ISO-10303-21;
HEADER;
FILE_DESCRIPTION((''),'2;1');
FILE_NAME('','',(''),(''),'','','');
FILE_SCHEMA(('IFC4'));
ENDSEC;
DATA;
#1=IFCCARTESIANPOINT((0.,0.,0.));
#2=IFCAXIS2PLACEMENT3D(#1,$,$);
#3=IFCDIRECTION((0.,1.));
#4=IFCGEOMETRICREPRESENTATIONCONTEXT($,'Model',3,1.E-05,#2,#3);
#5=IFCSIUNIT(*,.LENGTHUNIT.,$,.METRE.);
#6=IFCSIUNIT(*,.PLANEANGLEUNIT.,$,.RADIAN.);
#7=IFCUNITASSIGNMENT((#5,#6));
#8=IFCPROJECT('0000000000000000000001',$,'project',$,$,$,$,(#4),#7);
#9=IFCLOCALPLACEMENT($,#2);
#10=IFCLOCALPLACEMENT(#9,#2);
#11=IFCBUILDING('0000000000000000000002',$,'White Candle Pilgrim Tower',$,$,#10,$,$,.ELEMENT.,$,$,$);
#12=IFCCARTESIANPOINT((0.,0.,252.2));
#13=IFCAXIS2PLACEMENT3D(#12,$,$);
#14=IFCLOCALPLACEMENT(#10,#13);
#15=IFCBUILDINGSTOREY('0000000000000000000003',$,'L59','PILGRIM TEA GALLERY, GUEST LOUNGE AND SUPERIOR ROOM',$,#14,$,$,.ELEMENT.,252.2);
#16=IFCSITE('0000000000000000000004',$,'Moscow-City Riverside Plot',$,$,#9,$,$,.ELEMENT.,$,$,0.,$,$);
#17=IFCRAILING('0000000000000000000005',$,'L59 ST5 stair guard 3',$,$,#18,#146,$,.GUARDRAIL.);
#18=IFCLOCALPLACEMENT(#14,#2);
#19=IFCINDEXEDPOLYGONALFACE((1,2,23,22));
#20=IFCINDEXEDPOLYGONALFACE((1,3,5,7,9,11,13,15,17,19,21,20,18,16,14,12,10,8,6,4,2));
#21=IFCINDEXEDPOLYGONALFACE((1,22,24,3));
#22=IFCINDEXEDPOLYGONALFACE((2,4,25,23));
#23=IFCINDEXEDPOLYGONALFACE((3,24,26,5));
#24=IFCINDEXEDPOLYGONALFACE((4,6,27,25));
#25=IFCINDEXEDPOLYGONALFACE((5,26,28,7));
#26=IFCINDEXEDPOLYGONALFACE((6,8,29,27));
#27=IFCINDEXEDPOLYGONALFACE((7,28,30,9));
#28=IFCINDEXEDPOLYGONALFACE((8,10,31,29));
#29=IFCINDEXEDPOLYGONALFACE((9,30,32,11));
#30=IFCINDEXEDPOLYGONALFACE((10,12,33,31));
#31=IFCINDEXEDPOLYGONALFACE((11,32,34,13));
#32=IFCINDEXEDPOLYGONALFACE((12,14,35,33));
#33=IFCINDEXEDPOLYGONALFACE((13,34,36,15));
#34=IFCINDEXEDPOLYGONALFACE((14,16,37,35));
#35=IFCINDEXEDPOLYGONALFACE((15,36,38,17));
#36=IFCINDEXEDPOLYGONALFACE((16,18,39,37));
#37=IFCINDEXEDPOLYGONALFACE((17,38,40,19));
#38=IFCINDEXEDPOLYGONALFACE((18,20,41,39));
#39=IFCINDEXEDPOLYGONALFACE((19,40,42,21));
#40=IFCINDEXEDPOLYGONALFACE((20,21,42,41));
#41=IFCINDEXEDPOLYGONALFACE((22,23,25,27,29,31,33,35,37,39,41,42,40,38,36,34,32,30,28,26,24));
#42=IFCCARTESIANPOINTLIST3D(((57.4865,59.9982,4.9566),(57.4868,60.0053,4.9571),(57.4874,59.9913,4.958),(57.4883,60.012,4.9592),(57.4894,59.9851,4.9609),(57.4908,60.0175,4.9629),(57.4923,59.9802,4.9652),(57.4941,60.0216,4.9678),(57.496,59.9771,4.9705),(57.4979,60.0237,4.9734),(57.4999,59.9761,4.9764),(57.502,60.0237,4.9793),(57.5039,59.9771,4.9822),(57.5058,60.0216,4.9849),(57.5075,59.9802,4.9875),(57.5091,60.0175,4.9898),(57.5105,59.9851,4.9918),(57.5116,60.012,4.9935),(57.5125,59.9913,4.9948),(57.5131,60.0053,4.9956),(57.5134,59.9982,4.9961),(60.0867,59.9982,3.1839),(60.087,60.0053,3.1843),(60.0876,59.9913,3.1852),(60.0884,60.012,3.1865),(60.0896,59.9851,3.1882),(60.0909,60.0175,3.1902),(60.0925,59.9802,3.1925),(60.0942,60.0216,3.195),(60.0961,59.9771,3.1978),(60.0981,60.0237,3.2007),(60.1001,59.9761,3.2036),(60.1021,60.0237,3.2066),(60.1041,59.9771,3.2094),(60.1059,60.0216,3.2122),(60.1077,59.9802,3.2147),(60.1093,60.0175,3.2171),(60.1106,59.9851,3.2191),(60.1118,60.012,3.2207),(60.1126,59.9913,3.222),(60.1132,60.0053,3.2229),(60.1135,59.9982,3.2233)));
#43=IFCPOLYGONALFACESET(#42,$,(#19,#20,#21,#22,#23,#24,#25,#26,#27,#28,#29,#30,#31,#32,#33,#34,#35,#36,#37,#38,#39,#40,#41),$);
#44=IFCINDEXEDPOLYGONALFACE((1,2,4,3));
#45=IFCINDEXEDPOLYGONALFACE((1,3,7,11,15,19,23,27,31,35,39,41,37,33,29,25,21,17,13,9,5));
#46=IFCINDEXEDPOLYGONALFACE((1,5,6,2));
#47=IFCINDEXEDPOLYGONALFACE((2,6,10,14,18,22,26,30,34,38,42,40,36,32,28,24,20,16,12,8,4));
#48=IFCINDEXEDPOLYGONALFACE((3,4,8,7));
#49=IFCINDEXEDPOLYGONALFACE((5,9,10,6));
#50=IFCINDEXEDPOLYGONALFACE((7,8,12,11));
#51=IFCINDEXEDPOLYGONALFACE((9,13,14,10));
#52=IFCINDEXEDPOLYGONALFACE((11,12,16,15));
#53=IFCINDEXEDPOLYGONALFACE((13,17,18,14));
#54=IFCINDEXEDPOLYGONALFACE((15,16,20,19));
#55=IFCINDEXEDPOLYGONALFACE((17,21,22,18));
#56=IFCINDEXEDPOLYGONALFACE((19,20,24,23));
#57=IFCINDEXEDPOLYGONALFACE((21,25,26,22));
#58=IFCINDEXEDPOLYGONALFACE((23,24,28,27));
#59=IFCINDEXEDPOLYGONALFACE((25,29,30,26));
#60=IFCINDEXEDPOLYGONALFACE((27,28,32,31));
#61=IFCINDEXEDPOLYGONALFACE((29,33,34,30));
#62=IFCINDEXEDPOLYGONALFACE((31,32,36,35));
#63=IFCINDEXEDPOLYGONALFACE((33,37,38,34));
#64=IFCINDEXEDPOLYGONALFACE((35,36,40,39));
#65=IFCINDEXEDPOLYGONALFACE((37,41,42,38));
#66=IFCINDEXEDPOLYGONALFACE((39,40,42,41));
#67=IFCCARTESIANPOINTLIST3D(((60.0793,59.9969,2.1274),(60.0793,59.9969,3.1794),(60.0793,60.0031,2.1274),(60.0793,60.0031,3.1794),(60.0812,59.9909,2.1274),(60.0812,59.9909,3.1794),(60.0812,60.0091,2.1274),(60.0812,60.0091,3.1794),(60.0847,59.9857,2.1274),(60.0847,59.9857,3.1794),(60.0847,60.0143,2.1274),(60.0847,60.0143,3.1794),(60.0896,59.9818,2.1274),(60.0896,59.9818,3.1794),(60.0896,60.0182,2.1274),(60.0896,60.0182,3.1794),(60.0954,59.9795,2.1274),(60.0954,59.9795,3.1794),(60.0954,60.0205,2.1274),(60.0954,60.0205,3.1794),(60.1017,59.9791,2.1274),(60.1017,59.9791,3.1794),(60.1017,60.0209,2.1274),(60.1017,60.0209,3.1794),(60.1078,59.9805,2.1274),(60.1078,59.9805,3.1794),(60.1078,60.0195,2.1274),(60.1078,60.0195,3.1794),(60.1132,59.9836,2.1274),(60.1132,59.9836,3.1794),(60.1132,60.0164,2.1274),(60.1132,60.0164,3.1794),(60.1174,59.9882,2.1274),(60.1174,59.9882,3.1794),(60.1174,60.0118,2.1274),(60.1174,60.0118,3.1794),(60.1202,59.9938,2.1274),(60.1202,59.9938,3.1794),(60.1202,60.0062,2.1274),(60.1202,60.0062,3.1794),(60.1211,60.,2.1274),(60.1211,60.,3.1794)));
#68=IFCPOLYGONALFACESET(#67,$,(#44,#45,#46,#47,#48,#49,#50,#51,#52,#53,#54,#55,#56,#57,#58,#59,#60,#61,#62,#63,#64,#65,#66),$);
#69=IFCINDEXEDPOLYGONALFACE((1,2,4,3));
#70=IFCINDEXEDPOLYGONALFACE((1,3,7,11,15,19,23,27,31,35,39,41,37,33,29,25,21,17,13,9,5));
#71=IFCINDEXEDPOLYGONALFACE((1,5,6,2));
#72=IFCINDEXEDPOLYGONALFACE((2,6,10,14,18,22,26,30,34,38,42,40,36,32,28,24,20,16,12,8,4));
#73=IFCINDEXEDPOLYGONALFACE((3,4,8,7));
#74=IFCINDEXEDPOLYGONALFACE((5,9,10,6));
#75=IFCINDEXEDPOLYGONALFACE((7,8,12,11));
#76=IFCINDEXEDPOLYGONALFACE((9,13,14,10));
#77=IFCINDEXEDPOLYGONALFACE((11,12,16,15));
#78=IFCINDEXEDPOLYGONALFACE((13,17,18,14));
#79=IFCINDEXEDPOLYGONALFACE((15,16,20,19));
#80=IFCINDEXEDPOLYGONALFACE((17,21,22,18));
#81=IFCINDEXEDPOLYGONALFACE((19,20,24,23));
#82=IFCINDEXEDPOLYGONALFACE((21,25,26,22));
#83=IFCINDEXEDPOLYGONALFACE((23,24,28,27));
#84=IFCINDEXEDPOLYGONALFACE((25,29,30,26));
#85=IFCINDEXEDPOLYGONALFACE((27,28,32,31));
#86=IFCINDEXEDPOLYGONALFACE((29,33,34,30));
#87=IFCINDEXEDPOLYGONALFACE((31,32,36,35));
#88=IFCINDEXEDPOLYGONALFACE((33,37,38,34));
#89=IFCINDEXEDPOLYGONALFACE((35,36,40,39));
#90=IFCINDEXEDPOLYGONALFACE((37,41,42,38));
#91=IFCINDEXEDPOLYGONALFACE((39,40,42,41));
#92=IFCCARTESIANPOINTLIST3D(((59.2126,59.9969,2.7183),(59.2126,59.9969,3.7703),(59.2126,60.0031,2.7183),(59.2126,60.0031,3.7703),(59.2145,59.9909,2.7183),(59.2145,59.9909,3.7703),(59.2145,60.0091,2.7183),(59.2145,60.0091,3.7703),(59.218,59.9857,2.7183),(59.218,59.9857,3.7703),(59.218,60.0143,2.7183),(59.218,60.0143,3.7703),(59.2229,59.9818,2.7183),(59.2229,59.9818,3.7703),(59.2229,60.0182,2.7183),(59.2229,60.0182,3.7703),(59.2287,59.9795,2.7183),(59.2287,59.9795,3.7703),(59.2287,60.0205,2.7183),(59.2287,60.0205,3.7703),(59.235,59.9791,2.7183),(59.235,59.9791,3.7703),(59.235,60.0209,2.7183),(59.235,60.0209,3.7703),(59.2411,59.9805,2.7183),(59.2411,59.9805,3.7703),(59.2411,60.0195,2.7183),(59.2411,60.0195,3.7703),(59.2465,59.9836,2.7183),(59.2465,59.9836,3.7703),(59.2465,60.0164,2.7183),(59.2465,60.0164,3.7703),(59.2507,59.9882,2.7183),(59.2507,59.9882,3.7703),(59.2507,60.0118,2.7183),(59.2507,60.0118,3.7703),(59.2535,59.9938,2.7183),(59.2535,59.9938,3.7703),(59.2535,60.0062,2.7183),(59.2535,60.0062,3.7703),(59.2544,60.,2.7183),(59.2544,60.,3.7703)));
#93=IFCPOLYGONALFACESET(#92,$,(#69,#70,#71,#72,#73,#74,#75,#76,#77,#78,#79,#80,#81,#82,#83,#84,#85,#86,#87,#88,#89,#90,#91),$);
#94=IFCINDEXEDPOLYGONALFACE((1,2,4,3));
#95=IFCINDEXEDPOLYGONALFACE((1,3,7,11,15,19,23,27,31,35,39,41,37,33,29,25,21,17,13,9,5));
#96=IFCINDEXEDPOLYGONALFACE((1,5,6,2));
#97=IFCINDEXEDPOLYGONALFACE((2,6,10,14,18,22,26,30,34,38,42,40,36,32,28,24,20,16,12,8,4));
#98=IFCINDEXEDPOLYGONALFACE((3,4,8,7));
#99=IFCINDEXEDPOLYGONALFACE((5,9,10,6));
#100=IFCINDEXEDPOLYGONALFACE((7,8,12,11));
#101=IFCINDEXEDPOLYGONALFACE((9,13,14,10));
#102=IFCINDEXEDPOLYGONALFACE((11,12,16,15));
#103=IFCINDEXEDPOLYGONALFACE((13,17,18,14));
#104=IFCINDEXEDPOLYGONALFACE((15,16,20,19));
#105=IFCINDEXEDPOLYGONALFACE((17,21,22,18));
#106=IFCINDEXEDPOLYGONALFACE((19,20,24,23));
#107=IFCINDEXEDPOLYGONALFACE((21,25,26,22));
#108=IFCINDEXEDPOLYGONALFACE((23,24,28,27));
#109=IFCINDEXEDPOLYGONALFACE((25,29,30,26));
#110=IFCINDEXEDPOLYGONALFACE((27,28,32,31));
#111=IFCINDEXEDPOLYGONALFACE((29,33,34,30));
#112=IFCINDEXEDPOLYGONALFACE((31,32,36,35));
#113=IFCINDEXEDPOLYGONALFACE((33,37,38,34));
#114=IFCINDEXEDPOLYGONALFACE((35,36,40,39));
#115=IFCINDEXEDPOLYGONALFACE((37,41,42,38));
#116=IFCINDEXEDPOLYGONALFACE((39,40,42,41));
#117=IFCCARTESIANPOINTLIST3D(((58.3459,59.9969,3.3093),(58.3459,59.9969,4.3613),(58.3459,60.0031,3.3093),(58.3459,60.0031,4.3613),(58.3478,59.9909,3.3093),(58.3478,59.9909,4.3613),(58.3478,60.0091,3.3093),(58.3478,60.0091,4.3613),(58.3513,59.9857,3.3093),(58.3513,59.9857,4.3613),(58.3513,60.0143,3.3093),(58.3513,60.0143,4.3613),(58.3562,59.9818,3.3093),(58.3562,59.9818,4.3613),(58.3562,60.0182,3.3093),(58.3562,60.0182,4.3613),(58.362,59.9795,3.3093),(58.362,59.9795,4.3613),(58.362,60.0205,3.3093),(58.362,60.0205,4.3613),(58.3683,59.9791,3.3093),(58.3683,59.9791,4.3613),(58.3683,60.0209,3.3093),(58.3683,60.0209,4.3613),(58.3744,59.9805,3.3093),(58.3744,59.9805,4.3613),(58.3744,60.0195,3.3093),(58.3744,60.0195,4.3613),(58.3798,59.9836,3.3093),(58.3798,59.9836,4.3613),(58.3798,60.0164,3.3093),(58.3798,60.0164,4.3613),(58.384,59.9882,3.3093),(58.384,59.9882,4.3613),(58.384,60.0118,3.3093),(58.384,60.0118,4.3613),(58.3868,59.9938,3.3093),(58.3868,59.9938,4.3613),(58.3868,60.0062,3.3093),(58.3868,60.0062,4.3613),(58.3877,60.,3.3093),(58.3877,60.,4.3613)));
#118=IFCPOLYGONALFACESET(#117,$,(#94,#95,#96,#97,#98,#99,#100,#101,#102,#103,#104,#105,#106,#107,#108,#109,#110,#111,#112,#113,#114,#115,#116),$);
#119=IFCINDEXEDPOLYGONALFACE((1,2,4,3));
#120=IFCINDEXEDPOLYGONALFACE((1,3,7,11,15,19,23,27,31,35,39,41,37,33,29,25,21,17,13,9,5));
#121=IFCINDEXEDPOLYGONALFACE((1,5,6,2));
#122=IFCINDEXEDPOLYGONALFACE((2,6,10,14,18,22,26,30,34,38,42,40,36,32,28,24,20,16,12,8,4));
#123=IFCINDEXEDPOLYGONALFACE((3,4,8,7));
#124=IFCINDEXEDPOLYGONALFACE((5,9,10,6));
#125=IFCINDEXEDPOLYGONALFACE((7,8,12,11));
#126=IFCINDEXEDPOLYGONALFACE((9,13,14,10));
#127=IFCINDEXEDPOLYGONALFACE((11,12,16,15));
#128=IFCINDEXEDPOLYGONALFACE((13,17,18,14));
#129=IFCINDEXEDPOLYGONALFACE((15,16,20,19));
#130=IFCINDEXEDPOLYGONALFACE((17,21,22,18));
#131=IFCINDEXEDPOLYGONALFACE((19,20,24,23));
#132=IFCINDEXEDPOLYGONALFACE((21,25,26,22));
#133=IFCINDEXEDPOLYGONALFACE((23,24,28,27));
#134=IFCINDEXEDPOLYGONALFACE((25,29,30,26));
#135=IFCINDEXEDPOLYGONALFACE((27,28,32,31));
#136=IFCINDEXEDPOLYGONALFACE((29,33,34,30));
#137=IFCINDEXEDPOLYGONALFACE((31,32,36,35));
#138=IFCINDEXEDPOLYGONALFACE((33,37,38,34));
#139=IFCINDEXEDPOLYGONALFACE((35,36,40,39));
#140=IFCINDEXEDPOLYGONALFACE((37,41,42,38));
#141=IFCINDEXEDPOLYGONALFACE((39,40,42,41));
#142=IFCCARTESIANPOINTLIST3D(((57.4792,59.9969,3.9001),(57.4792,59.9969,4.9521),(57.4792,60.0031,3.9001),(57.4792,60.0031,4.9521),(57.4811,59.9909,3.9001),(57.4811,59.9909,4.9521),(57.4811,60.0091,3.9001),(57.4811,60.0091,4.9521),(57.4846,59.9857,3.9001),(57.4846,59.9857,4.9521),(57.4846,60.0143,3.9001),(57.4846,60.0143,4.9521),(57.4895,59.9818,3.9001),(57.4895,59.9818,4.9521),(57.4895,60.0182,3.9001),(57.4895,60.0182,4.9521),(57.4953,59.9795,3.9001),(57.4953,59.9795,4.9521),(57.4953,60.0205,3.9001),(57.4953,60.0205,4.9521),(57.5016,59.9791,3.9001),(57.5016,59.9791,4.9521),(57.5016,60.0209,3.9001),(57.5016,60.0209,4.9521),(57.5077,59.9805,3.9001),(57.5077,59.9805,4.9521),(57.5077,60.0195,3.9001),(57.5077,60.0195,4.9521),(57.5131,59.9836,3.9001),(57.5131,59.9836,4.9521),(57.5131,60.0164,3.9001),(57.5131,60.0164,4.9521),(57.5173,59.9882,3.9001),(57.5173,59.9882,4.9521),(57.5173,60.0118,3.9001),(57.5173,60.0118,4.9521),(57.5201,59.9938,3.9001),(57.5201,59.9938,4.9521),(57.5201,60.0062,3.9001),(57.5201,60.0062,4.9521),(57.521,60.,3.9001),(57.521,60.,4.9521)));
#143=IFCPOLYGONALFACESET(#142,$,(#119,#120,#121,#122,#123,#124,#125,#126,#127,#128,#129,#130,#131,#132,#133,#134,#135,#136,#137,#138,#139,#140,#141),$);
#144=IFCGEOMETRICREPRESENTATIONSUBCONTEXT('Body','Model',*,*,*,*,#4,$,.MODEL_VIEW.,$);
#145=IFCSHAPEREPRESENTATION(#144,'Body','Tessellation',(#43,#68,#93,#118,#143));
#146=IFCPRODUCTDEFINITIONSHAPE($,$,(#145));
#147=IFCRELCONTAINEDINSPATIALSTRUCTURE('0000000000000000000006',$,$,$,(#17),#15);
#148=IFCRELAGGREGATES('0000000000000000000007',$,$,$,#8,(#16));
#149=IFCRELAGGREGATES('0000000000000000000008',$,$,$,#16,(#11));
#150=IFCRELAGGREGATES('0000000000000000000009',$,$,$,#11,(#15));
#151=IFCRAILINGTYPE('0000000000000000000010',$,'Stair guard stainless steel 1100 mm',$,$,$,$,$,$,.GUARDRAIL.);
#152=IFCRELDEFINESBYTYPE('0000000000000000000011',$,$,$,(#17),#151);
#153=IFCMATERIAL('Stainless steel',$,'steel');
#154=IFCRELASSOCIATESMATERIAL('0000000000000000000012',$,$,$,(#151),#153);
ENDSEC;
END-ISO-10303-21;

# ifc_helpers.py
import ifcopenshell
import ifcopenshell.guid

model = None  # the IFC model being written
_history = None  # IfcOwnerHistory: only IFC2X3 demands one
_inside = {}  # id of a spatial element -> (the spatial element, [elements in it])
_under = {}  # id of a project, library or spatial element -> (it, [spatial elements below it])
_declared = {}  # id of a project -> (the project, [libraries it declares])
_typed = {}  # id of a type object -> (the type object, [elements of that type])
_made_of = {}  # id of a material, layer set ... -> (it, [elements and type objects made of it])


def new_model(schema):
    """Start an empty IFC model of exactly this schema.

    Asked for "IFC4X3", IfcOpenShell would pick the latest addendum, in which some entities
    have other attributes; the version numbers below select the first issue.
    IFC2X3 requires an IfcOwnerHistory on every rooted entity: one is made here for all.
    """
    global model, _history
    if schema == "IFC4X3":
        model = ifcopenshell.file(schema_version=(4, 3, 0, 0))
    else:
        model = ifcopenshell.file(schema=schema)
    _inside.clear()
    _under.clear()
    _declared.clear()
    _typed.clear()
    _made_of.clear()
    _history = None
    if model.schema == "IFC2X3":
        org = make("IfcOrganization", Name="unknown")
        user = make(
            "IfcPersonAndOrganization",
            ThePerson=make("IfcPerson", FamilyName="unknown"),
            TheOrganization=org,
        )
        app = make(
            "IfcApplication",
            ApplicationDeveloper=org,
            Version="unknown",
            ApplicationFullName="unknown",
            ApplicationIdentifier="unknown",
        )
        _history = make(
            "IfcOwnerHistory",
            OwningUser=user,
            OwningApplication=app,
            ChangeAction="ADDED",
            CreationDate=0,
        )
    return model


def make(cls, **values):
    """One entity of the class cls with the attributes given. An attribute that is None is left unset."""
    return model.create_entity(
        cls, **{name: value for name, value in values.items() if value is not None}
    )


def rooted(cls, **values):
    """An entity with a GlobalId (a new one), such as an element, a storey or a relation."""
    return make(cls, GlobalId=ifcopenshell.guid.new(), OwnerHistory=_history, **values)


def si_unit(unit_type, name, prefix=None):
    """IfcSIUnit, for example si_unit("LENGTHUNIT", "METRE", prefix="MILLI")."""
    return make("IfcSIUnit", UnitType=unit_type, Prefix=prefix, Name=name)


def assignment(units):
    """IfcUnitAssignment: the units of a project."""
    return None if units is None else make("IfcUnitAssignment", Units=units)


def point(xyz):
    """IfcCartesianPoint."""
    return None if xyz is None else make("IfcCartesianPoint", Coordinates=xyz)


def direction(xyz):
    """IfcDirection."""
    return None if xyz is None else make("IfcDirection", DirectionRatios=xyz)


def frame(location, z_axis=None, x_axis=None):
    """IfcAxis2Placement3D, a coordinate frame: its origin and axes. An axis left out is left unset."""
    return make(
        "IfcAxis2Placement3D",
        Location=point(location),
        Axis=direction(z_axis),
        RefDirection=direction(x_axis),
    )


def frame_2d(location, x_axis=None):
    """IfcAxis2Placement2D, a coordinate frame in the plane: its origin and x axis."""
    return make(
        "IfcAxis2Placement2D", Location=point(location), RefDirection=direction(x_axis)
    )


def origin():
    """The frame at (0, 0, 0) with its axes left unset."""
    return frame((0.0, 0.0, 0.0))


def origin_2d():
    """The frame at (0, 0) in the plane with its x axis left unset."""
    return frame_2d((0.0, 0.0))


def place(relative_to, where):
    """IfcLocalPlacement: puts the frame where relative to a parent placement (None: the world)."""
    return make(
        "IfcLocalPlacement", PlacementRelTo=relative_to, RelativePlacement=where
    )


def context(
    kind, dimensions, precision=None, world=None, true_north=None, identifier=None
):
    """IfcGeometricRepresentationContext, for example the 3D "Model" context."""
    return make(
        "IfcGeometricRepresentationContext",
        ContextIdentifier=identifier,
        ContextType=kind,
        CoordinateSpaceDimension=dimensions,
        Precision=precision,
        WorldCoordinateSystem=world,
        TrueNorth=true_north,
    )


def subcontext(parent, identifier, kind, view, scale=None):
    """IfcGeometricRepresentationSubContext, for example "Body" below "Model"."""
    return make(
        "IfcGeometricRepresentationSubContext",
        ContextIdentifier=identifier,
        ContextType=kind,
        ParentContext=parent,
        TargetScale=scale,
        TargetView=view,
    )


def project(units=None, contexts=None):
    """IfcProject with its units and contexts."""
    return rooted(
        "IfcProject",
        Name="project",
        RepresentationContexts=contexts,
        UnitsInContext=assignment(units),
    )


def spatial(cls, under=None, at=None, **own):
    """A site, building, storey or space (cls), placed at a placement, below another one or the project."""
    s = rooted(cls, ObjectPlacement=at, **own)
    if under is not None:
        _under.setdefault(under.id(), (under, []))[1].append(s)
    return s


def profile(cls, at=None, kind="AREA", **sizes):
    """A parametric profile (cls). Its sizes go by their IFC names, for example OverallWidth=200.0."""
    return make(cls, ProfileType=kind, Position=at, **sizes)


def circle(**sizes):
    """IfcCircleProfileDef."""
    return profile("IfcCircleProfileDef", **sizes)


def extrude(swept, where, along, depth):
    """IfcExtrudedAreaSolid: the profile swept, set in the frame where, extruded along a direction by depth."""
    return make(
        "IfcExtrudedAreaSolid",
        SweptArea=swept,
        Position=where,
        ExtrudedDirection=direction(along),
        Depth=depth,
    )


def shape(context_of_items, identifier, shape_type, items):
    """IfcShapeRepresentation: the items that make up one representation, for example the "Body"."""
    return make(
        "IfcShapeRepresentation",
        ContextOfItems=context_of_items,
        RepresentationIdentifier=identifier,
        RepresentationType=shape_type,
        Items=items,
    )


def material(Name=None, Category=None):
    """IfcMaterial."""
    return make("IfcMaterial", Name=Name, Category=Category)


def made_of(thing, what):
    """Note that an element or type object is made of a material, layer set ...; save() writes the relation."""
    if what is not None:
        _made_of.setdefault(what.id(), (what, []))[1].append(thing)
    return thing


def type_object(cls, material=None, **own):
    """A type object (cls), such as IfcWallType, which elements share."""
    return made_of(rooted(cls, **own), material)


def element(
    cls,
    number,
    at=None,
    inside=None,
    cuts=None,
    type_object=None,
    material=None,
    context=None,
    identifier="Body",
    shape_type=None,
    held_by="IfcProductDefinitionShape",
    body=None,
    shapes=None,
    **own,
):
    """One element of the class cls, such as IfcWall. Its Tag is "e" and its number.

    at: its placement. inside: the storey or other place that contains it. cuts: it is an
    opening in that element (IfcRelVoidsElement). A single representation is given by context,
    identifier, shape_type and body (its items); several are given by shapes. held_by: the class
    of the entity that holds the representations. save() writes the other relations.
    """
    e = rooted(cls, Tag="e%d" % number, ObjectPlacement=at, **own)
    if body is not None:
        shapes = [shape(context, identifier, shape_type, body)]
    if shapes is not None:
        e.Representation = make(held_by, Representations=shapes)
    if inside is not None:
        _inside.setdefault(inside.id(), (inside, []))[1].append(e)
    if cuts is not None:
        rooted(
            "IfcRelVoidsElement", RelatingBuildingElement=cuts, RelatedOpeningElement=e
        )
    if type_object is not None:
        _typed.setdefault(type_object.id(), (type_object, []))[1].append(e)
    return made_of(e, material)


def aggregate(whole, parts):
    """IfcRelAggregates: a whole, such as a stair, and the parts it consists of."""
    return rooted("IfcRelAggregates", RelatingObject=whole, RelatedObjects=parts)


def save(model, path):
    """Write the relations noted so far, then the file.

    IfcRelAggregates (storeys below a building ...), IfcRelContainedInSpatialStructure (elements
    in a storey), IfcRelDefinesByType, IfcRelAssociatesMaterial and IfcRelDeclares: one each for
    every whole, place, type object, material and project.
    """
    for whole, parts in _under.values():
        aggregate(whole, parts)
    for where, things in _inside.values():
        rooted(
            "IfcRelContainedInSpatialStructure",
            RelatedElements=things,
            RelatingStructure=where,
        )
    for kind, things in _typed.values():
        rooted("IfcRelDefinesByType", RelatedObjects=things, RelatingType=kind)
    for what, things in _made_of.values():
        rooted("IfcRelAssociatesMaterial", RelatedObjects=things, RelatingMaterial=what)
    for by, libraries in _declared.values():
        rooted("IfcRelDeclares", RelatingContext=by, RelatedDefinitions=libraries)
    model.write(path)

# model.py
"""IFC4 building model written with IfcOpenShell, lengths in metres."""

from ifc_helpers import new_model, si_unit, direction, frame, origin, origin_2d, place, context, subcontext, project, spatial, circle, extrude, material, type_object, element, save


model = new_model("IFC4")

# Units and contexts
model_context = context("Model", 3, precision=1e-05, world=origin(), true_north=direction((0.0, 1.0)))
body_context = subcontext(model_context, "Body", "Model", "MODEL_VIEW")
ifc_project = project(units=[si_unit("LENGTHUNIT", "METRE"), si_unit("PLANEANGLEUNIT", "RADIAN")], contexts=[model_context])

# Site, building, storey
site_placement = place(None, origin())
site = spatial("IfcSite", under=ifc_project, at=site_placement, Name="Moscow-City Riverside Plot", CompositionType="ELEMENT", RefElevation=0.0)
building_placement = place(site_placement, origin())
building = spatial("IfcBuilding", under=site, at=building_placement, Name="White Candle Pilgrim Tower", CompositionType="ELEMENT")
storey_placement = place(building_placement, frame((0.0, 0.0, 252.2)))
storey = spatial("IfcBuildingStorey", under=building, at=storey_placement, Name="L59", Description="PILGRIM TEA GALLERY, GUEST LOUNGE AND SUPERIOR ROOM", CompositionType="ELEMENT", Elevation=252.2)

# Railing
ifc_material_1 = material(Name="Stainless steel", Category="steel")
railing_type_1 = type_object("IfcRailingType", Name="Stair guard stainless steel 1100 mm", PredefinedType="GUARDRAIL", material=ifc_material_1)
railing_1_placement = place(storey_placement, frame((60.1001, 60.0, 2.1274)))
element("IfcRailing", 1, at=railing_1_placement, inside=storey, type_object=railing_type_1, Name="L59 ST5 stair guard 3", PredefinedType="GUARDRAIL", context=body_context, shape_type="SweptSolid", body=[
    extrude(circle(Radius=0.0239, at=origin_2d()), frame((0.0, 0.0, 1.0762), z_axis=(-0.82624, 0.0, 0.563318), x_axis=(0.0, -1.0, 0.0)), (0.0, 0.0, 1.0), 3.147),
    extrude(circle(Radius=0.021, at=origin_2d()), origin(), (0.0, 0.0, 1.0), 1.052),
    extrude(circle(Radius=0.021, at=origin_2d()), frame((-0.8667, 0.0, 0.5908)), (0.0, 0.0, 1.0), 1.052),
    extrude(circle(Radius=0.021, at=origin_2d()), frame((-1.7334, 0.0, 1.1819)), (0.0, 0.0, 1.0), 1.052),
    extrude(circle(Radius=0.021, at=origin_2d()), frame((-2.6001, 0.0, 1.7727)), (0.0, 0.0, 1.0), 1.052),
])

save(model, "model.ifc")
